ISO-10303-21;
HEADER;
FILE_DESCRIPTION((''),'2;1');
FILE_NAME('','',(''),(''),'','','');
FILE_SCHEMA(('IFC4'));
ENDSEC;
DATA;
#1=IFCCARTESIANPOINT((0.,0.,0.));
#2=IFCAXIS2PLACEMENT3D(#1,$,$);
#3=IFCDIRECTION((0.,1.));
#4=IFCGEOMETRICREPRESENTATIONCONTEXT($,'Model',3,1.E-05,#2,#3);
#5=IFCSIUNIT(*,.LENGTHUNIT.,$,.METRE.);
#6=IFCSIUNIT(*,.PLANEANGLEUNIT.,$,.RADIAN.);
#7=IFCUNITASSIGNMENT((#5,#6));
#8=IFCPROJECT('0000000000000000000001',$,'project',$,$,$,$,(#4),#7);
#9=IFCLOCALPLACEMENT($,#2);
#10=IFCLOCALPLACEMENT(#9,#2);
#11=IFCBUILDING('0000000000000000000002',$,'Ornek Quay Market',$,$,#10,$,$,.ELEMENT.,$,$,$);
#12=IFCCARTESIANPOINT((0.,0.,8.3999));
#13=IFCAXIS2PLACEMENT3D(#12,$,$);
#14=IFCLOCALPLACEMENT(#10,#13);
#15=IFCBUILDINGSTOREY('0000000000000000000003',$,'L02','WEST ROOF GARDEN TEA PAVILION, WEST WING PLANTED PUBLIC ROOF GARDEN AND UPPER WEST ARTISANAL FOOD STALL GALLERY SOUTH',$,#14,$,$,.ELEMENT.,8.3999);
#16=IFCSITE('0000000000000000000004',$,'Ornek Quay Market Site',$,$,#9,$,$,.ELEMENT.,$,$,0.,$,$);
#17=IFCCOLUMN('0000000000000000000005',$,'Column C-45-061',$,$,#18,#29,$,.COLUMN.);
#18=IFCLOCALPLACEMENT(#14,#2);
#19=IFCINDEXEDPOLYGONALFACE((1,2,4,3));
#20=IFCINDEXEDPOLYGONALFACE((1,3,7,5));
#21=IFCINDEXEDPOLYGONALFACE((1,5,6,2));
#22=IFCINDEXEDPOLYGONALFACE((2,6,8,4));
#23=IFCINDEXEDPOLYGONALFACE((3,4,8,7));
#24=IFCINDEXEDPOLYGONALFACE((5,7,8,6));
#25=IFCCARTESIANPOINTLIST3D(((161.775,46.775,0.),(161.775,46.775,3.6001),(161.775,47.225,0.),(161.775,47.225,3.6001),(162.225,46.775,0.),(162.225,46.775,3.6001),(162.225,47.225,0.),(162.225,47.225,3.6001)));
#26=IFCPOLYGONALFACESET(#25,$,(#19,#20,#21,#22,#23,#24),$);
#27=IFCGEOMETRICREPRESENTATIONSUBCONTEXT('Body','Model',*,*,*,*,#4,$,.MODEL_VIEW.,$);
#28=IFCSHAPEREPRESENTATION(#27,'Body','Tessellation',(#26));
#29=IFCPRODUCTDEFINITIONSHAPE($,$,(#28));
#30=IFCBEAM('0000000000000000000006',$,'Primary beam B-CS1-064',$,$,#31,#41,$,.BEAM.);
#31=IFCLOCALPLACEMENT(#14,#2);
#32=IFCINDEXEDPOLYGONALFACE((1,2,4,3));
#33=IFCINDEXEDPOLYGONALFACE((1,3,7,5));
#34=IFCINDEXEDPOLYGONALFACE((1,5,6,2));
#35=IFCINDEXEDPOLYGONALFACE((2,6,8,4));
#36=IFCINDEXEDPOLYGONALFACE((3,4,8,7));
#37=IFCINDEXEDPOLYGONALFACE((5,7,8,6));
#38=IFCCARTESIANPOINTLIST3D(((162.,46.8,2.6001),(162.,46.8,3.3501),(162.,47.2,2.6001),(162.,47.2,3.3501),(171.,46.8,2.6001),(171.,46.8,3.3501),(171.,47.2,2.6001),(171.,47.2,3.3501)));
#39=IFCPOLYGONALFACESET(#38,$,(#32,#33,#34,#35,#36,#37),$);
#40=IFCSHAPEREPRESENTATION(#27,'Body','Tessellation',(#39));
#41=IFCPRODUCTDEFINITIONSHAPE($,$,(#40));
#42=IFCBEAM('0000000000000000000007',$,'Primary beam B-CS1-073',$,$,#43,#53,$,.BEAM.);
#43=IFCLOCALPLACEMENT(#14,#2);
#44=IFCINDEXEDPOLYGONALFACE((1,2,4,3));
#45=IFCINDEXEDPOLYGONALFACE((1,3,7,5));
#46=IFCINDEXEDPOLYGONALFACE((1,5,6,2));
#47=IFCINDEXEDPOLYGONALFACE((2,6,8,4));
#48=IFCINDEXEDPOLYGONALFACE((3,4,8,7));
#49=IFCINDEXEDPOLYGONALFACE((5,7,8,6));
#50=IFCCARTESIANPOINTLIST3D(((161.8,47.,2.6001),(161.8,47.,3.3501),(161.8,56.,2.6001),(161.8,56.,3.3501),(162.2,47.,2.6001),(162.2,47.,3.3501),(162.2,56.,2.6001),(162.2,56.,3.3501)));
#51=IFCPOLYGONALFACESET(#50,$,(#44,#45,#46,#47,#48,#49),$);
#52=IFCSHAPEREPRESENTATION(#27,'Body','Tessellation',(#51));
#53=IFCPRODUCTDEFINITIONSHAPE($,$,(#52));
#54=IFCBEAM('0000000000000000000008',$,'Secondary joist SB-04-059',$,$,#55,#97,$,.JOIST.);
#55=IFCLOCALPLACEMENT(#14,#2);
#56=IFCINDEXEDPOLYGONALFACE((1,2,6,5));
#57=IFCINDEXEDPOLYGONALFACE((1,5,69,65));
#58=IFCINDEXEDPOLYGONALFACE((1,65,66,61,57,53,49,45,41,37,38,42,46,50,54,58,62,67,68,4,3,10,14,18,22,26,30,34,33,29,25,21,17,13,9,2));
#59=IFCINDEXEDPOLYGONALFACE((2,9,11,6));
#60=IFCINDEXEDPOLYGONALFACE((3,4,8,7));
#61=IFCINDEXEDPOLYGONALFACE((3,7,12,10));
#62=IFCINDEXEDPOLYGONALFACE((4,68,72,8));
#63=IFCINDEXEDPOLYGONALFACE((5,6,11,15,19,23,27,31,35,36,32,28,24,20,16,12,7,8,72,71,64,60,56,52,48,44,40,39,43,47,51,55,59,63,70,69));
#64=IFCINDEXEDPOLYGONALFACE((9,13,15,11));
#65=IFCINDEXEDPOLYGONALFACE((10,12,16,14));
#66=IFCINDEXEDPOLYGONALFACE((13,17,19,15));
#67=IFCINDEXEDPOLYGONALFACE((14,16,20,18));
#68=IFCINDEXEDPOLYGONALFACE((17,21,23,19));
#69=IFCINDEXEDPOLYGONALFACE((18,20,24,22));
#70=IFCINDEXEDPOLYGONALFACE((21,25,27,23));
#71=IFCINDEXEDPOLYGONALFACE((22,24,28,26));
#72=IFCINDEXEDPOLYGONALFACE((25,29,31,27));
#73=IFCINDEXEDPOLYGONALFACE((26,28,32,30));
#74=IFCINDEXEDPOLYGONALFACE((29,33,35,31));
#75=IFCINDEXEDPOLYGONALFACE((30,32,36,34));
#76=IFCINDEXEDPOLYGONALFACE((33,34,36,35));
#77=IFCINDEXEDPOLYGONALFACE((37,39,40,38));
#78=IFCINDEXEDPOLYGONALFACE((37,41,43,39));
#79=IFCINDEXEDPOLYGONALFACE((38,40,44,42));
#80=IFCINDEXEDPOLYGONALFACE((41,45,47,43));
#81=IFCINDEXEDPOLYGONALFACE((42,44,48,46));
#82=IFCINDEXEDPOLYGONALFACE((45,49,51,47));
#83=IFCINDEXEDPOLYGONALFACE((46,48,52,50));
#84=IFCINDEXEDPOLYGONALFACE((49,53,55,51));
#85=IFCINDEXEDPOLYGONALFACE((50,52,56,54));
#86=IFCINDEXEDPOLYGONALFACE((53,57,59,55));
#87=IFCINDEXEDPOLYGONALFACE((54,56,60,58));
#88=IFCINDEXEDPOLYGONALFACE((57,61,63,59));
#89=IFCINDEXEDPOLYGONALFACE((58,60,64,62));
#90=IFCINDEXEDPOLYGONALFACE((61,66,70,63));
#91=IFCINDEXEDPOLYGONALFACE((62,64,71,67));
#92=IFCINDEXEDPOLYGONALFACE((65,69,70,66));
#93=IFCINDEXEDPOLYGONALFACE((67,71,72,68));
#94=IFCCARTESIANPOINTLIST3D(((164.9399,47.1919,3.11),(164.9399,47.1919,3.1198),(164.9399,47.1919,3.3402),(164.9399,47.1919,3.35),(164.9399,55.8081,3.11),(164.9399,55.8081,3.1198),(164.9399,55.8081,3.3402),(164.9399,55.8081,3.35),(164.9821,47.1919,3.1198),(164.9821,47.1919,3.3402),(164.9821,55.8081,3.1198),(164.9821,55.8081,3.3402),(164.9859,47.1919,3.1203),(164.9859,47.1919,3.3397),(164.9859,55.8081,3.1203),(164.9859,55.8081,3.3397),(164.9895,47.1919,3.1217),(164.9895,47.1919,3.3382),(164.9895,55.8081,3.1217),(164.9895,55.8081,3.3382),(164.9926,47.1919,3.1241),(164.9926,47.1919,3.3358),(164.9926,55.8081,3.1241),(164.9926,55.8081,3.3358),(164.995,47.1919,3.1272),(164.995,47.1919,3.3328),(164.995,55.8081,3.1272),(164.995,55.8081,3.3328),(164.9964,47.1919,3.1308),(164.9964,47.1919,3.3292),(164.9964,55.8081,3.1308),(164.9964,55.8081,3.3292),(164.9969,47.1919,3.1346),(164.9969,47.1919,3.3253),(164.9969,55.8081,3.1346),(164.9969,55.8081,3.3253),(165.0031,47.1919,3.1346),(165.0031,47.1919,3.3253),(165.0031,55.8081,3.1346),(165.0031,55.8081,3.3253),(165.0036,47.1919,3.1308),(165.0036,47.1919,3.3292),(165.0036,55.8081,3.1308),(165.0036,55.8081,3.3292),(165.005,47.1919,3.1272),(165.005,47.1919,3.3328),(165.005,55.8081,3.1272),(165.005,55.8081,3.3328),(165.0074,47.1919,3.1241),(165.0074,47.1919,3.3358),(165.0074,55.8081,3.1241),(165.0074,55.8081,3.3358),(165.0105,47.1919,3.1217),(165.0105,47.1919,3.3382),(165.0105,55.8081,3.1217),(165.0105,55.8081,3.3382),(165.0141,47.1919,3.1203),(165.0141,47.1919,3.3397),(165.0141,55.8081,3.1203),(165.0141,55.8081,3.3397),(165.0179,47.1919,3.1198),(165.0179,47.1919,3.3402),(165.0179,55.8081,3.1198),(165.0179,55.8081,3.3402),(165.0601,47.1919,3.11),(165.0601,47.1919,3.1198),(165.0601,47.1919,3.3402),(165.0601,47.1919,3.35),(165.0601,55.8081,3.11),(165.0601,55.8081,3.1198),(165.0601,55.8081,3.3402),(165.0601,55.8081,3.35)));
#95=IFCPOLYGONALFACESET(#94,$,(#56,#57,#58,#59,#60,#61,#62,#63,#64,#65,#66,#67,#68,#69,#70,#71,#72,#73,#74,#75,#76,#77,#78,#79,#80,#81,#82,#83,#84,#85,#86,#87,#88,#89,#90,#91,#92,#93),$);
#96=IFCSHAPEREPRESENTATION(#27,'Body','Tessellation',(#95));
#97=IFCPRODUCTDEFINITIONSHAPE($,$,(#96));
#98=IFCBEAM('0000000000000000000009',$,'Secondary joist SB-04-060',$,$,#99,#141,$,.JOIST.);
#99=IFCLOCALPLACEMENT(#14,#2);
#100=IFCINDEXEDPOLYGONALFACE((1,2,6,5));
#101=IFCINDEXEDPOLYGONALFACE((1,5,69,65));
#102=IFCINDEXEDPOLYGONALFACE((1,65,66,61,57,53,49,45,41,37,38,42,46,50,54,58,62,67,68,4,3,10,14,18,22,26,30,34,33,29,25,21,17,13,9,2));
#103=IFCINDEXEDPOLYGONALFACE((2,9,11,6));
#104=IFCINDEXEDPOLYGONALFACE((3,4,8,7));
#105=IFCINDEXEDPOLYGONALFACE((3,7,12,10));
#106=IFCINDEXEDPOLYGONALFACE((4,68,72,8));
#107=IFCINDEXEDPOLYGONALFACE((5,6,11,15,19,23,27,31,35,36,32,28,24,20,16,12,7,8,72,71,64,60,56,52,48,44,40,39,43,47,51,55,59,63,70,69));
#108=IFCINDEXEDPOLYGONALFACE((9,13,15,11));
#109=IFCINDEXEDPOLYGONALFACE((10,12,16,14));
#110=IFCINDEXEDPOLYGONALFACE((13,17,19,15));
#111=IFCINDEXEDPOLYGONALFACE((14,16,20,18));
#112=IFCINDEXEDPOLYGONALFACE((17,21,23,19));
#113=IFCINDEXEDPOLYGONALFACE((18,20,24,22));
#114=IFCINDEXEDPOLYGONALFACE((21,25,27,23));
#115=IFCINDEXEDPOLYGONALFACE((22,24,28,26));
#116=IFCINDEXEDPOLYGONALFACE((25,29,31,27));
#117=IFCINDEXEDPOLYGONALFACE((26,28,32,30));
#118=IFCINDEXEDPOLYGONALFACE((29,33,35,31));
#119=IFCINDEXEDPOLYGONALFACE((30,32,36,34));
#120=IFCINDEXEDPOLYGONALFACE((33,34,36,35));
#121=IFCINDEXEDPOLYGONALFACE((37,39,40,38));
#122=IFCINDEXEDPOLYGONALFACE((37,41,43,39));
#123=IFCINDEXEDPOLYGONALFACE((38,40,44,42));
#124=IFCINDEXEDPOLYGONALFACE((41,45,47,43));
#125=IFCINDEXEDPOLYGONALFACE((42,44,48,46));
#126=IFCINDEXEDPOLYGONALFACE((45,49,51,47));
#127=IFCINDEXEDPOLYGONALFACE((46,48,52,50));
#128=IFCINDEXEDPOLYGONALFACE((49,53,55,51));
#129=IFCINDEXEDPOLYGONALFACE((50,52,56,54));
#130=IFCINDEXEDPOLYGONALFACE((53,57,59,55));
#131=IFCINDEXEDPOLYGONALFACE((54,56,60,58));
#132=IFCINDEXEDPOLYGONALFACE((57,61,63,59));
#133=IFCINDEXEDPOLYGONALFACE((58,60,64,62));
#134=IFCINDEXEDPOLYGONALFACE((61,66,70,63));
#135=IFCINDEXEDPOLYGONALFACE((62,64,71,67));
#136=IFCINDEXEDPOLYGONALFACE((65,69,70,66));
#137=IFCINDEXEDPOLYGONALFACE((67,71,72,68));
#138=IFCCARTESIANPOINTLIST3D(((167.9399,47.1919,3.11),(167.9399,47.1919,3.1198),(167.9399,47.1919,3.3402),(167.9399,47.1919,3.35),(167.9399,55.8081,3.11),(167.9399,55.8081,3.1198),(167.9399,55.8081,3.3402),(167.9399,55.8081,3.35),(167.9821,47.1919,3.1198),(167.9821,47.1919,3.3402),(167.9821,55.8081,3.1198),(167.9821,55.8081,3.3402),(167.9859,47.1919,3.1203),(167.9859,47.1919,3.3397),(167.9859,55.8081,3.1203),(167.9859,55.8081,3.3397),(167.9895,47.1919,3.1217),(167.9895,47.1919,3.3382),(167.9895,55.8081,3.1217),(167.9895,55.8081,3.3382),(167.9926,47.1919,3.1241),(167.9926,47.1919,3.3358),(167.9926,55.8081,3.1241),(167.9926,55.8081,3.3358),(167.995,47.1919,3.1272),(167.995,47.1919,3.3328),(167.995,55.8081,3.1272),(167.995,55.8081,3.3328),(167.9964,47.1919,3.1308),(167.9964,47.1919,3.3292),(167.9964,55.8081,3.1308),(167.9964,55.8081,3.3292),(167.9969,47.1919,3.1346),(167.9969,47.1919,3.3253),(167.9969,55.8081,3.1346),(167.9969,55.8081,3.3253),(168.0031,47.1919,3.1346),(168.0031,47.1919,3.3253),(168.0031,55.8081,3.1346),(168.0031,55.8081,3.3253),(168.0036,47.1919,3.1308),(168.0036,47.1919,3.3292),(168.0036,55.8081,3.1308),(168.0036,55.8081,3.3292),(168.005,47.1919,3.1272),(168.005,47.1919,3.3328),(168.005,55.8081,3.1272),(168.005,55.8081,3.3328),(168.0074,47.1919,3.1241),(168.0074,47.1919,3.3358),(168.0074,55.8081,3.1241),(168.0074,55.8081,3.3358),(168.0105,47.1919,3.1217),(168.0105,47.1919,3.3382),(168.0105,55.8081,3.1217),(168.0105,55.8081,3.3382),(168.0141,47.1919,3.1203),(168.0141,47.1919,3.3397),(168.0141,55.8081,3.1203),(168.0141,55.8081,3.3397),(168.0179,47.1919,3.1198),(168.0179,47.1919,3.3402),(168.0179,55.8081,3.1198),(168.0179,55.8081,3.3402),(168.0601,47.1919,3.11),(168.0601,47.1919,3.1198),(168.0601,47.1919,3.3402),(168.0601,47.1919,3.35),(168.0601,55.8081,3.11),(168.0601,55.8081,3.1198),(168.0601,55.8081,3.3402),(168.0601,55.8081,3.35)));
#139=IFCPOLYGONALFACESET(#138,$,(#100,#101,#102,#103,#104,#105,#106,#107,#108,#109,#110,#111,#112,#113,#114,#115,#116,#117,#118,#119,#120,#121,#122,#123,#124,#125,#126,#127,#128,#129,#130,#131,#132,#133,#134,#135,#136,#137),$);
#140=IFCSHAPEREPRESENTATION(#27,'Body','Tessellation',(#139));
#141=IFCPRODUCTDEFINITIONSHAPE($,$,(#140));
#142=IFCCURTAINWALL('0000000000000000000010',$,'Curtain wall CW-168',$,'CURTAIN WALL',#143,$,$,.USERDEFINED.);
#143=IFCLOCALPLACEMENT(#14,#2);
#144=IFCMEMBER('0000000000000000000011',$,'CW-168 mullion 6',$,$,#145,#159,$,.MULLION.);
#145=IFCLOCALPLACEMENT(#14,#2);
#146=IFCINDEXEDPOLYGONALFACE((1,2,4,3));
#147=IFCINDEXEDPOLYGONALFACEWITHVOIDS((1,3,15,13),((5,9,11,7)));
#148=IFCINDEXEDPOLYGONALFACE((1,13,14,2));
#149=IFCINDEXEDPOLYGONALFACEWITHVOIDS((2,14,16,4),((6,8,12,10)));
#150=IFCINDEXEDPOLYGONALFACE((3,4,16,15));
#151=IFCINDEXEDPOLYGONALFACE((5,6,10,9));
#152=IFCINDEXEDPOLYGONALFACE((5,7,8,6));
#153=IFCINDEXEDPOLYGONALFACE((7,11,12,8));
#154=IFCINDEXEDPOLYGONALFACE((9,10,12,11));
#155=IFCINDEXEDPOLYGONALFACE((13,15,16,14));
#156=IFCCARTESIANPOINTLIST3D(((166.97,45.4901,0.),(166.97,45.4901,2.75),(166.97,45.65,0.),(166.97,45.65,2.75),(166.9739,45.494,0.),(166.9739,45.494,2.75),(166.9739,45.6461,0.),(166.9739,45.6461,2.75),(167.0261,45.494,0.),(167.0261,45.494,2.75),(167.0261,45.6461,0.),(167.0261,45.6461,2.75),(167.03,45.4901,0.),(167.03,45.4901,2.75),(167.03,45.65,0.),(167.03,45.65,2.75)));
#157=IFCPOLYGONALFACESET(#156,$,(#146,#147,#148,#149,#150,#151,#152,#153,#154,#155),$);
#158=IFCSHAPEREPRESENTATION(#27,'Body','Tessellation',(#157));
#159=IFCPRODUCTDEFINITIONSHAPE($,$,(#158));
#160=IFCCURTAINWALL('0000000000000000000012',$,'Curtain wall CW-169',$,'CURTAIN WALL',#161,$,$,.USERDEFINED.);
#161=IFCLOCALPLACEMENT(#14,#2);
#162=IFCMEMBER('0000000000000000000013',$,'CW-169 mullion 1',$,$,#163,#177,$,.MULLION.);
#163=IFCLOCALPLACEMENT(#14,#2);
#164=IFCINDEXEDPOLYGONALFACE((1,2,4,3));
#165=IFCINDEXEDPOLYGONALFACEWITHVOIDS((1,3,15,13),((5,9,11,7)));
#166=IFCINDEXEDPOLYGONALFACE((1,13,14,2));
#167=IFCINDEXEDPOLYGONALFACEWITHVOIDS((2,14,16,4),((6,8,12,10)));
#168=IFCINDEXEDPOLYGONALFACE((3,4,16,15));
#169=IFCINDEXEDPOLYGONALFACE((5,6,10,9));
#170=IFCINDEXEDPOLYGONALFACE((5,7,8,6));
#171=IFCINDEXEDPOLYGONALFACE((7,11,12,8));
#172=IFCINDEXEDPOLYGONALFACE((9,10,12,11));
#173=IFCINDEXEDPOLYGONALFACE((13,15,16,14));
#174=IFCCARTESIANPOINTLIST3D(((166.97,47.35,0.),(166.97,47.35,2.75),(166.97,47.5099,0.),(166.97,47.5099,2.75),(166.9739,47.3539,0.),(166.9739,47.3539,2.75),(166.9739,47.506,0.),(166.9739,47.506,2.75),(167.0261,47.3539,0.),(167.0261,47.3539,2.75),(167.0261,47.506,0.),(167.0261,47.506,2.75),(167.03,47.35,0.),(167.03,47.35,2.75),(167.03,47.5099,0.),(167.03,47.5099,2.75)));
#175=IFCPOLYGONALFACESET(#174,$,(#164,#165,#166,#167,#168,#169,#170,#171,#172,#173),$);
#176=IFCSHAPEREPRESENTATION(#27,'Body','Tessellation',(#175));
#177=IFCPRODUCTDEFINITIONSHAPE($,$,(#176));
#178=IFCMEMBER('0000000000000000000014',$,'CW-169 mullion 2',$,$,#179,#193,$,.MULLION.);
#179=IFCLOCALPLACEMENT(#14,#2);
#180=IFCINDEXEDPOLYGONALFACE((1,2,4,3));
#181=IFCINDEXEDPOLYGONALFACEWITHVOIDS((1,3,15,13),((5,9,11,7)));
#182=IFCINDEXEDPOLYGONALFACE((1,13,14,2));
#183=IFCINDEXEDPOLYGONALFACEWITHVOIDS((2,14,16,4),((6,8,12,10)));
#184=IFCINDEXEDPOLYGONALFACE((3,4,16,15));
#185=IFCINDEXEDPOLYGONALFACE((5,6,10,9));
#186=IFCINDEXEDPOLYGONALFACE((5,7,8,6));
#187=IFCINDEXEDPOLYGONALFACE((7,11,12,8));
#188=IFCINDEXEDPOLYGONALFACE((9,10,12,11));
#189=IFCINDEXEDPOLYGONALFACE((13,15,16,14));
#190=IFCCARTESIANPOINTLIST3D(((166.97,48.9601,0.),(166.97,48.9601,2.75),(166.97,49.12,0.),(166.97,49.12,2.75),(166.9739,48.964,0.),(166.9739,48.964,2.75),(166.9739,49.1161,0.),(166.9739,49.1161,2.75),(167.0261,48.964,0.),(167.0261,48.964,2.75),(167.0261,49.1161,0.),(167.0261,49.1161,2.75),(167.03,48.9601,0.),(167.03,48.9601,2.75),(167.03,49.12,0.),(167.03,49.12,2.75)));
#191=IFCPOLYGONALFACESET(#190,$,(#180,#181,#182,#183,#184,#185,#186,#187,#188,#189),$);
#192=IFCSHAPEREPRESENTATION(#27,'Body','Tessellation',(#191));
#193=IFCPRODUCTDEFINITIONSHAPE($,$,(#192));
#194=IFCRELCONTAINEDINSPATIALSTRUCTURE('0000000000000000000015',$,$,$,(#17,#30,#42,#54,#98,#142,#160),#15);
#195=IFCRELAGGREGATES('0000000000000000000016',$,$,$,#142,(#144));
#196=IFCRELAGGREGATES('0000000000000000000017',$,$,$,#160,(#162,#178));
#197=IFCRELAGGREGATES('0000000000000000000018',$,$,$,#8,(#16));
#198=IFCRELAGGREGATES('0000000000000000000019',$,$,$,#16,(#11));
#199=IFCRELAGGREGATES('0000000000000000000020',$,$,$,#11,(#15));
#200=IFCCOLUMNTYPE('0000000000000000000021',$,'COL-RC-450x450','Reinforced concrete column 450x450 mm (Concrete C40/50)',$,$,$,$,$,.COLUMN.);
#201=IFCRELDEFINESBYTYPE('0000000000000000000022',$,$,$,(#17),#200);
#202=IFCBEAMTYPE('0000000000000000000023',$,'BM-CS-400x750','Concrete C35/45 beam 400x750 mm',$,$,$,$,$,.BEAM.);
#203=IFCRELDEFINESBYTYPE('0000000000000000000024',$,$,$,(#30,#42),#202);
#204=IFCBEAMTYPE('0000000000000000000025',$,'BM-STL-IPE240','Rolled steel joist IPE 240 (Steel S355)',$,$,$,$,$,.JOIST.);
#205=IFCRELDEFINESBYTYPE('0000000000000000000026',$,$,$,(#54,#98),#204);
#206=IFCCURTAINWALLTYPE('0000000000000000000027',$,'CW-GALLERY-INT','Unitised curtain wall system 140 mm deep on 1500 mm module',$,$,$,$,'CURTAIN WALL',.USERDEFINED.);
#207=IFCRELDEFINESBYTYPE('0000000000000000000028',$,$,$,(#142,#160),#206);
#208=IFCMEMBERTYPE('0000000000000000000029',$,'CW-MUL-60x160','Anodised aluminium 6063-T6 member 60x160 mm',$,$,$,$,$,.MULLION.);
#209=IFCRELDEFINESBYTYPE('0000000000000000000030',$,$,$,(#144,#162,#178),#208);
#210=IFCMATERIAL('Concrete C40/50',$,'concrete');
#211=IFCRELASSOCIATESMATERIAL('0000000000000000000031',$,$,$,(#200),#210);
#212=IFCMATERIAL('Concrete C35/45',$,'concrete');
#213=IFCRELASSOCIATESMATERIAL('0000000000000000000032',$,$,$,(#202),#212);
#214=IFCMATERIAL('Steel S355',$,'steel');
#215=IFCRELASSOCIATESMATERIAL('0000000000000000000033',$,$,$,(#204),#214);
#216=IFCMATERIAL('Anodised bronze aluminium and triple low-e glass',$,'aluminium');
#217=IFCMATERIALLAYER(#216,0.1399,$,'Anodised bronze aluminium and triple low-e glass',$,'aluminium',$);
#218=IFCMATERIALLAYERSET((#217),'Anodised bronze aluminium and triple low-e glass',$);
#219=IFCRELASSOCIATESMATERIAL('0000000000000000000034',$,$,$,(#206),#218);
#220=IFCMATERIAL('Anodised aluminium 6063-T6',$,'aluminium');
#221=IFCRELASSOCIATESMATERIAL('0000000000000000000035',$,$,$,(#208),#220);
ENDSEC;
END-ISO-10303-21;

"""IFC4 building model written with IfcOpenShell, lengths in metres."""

from ifc_helpers import new_model, si_unit, direction, frame, origin, origin_2d, place, context, subcontext, project, spatial, rectangle, hollow_rectangle, i_section, extrude, material, layer, layer_set, material_profile, profile_set, type_object, element, aggregate, save


model = new_model("IFC4")

# Units and contexts
model_context = context("Model", 3, precision=1e-05, world=origin(), true_north=direction((0.0, 1.0)))
body_context = subcontext(model_context, "Body", "Model", "MODEL_VIEW")
ifc_project = project(units=[si_unit("LENGTHUNIT", "METRE"), si_unit("PLANEANGLEUNIT", "RADIAN")], contexts=[model_context])

# Site, building, storey
site_placement = place(None, origin())
site = spatial("IfcSite", under=ifc_project, at=site_placement, Name="Ornek Quay Market Site", CompositionType="ELEMENT", RefElevation=0.0)
building_placement = place(site_placement, origin())
building = spatial("IfcBuilding", under=site, at=building_placement, Name="Ornek Quay Market", CompositionType="ELEMENT")
storey_placement = place(building_placement, frame((0.0, 0.0, 8.3999)))
storey = spatial("IfcBuildingStorey", under=building, at=storey_placement, Name="L02", Description="WEST ROOF GARDEN TEA PAVILION, WEST WING PLANTED PUBLIC ROOF GARDEN AND UPPER WEST ARTISANAL FOOD STALL GALLERY SOUTH", CompositionType="ELEMENT", Elevation=8.3999)

# Column
ifc_material_1 = material(Name="Concrete C40/50", Category="concrete")
ifc_material_profile_1 = material_profile(ifc_material_1, rectangle(XDim=0.45, YDim=0.45, at=origin_2d()), Name="RC 450x450", Category="concrete")
ifc_profile_set_1 = profile_set([ifc_material_profile_1], Name="Concrete C40/50")
column_type = type_object("IfcColumnType", Name="COL-RC-450x450", Description="Reinforced concrete column 450x450 mm (Concrete C40/50)", PredefinedType="COLUMN", material=ifc_profile_set_1)
column_placement = place(storey_placement, frame((162.0, 47.0, 0.0), z_axis=(0.0, 0.0, 1.0), x_axis=(1.0, 0.0, 0.0)))
element("IfcColumn", 1, at=column_placement, inside=storey, type_object=column_type, Name="Column C-45-061", PredefinedType="COLUMN", context=body_context, shape_type="SweptSolid", body=[
    extrude(rectangle(XDim=0.45, YDim=0.45, at=origin_2d()), origin(), (0.0, 0.0, 1.0), 3.6001),
])

# Beams
ifc_material_2 = material(Name="Concrete C35/45", Category="concrete")
ifc_material_profile_2 = material_profile(ifc_material_2, rectangle(XDim=0.3999, YDim=0.75, at=origin_2d()), Name="RC 400x750", Category="concrete")
ifc_profile_set_2 = profile_set([ifc_material_profile_2], Name="Concrete C35/45")
beam_type_1 = type_object("IfcBeamType", Name="BM-CS-400x750", Description="Concrete C35/45 beam 400x750 mm", PredefinedType="BEAM", material=ifc_profile_set_2)
for number, where, z_axis, x_axis, name in (
    (2, (162.0, 47.0, 2.9751), (1.0, 0.0, 0.0), (0.0, 1.0, 0.0), "Primary beam B-CS1-064"),
    (3, (162.0, 47.0, 2.9751), (0.0, 1.0, 0.0), (-1.0, 0.0, 0.0), "Primary beam B-CS1-073"),
):
    element("IfcBeam", number, at=place(storey_placement, frame(where, z_axis=z_axis, x_axis=x_axis)), inside=storey, type_object=beam_type_1, Name=name, PredefinedType="BEAM", context=body_context, shape_type="SweptSolid", body=[
        extrude(rectangle(XDim=0.3999, YDim=0.75, at=origin_2d()), origin(), (0.0, 0.0, 1.0), 9.0),
    ])
ifc_material_3 = material(Name="Steel S355", Category="steel")
ifc_material_profile_3 = material_profile(ifc_material_3, i_section(OverallWidth=0.1201, OverallDepth=0.24, WebThickness=0.0061, FlangeThickness=0.0098, FilletRadius=0.0149, at=origin_2d()), Name="IPE 240", Category="steel")
ifc_profile_set_3 = profile_set([ifc_material_profile_3], Name="Steel S355")
beam_type_2 = type_object("IfcBeamType", Name="BM-STL-IPE240", Description="Rolled steel joist IPE 240 (Steel S355)", PredefinedType="JOIST", material=ifc_profile_set_3)
for number, where, z_axis, x_axis, name in (
    (4, (165.0, 47.1919, 3.23), (0.0, 1.0, 0.0), (-1.0, 0.0, 0.0), "Secondary joist SB-04-059"),
    (5, (168.0, 47.1919, 3.23), (0.0, 1.0, 0.0), (-1.0, 0.0, 0.0), "Secondary joist SB-04-060"),
):
    element("IfcBeam", number, at=place(storey_placement, frame(where, z_axis=z_axis, x_axis=x_axis)), inside=storey, type_object=beam_type_2, Name=name, PredefinedType="JOIST", context=body_context, shape_type="SweptSolid", body=[
        extrude(i_section(OverallWidth=0.1201, OverallDepth=0.24, WebThickness=0.0061, FlangeThickness=0.0098, FilletRadius=0.0149, at=origin_2d()), origin(), (0.0, 0.0, 1.0), 8.6162),
    ])

# Curtain wall, member
ifc_material_4 = material(Name="Anodised bronze aluminium and triple low-e glass", Category="aluminium")
ifc_layer_1 = layer(ifc_material_4, 0.1399, Name="Anodised bronze aluminium and triple low-e glass", Category="aluminium")
ifc_layer_set_1 = layer_set([ifc_layer_1], Name="Anodised bronze aluminium and triple low-e glass")
curtain_wall_type = type_object("IfcCurtainWallType", Name="CW-GALLERY-INT", Description="Unitised curtain wall system 140 mm deep on 1500 mm module", ElementType="CURTAIN WALL", PredefinedType="USERDEFINED", material=ifc_layer_set_1)
curtain_wall_1_placement = place(storey_placement, origin())
curtain_wall_1 = element("IfcCurtainWall", 6, at=curtain_wall_1_placement, inside=storey, type_object=curtain_wall_type, Name="Curtain wall CW-168", ObjectType="CURTAIN WALL", PredefinedType="USERDEFINED")
ifc_material_5 = material(Name="Anodised aluminium 6063-T6", Category="aluminium")
ifc_material_profile_4 = material_profile(ifc_material_5, hollow_rectangle(XDim=0.0601, YDim=0.1599, WallThickness=0.0039, at=origin_2d()), Name="CW-MUL-60x160", Category="aluminium")
ifc_profile_set_4 = profile_set([ifc_material_profile_4], Name="Anodised aluminium 6063-T6")
member_type_1 = type_object("IfcMemberType", Name="CW-MUL-60x160", Description="Anodised aluminium 6063-T6 member 60x160 mm", PredefinedType="MULLION", material=ifc_profile_set_4)
member_1_placement = place(storey_placement, frame((167.0, 45.5701, 0.0), z_axis=(0.0, 0.0, 1.0), x_axis=(-1.0, 0.0, 0.0)))
member_1 = element("IfcMember", 7, at=member_1_placement, type_object=member_type_1, Name="CW-168 mullion 6", PredefinedType="MULLION", context=body_context, shape_type="SweptSolid", body=[
    extrude(hollow_rectangle(XDim=0.0601, YDim=0.1599, WallThickness=0.0039, at=origin_2d()), origin(), (0.0, 0.0, 1.0), 2.75),
])
aggregate(curtain_wall_1, [member_1])

# Curtain wall, members
curtain_wall_2_placement = place(storey_placement, origin())
curtain_wall_2 = element("IfcCurtainWall", 8, at=curtain_wall_2_placement, inside=storey, type_object=curtain_wall_type, Name="Curtain wall CW-169", ObjectType="CURTAIN WALL", PredefinedType="USERDEFINED")
member_2_placement = place(storey_placement, frame((167.0, 47.4299, 0.0), z_axis=(0.0, 0.0, 1.0), x_axis=(-1.0, 0.0, 0.0)))
member_2 = element("IfcMember", 9, at=member_2_placement, type_object=member_type_1, Name="CW-169 mullion 1", PredefinedType="MULLION", context=body_context, shape_type="SweptSolid", body=[
    extrude(hollow_rectangle(XDim=0.0601, YDim=0.1599, WallThickness=0.0039, at=origin_2d()), origin(), (0.0, 0.0, 1.0), 2.75),
])
member_3_placement = place(storey_placement, frame((167.0, 49.04, 0.0), z_axis=(0.0, 0.0, 1.0), x_axis=(-1.0, 0.0, 0.0)))
member_3 = element("IfcMember", 10, at=member_3_placement, type_object=member_type_1, Name="CW-169 mullion 2", PredefinedType="MULLION", context=body_context, shape_type="SweptSolid", body=[
    extrude(hollow_rectangle(XDim=0.0601, YDim=0.1599, WallThickness=0.0039, at=origin_2d()), origin(), (0.0, 0.0, 1.0), 2.75),
])
aggregate(curtain_wall_2, [member_2, member_3])

save(model, "model.ifc")
